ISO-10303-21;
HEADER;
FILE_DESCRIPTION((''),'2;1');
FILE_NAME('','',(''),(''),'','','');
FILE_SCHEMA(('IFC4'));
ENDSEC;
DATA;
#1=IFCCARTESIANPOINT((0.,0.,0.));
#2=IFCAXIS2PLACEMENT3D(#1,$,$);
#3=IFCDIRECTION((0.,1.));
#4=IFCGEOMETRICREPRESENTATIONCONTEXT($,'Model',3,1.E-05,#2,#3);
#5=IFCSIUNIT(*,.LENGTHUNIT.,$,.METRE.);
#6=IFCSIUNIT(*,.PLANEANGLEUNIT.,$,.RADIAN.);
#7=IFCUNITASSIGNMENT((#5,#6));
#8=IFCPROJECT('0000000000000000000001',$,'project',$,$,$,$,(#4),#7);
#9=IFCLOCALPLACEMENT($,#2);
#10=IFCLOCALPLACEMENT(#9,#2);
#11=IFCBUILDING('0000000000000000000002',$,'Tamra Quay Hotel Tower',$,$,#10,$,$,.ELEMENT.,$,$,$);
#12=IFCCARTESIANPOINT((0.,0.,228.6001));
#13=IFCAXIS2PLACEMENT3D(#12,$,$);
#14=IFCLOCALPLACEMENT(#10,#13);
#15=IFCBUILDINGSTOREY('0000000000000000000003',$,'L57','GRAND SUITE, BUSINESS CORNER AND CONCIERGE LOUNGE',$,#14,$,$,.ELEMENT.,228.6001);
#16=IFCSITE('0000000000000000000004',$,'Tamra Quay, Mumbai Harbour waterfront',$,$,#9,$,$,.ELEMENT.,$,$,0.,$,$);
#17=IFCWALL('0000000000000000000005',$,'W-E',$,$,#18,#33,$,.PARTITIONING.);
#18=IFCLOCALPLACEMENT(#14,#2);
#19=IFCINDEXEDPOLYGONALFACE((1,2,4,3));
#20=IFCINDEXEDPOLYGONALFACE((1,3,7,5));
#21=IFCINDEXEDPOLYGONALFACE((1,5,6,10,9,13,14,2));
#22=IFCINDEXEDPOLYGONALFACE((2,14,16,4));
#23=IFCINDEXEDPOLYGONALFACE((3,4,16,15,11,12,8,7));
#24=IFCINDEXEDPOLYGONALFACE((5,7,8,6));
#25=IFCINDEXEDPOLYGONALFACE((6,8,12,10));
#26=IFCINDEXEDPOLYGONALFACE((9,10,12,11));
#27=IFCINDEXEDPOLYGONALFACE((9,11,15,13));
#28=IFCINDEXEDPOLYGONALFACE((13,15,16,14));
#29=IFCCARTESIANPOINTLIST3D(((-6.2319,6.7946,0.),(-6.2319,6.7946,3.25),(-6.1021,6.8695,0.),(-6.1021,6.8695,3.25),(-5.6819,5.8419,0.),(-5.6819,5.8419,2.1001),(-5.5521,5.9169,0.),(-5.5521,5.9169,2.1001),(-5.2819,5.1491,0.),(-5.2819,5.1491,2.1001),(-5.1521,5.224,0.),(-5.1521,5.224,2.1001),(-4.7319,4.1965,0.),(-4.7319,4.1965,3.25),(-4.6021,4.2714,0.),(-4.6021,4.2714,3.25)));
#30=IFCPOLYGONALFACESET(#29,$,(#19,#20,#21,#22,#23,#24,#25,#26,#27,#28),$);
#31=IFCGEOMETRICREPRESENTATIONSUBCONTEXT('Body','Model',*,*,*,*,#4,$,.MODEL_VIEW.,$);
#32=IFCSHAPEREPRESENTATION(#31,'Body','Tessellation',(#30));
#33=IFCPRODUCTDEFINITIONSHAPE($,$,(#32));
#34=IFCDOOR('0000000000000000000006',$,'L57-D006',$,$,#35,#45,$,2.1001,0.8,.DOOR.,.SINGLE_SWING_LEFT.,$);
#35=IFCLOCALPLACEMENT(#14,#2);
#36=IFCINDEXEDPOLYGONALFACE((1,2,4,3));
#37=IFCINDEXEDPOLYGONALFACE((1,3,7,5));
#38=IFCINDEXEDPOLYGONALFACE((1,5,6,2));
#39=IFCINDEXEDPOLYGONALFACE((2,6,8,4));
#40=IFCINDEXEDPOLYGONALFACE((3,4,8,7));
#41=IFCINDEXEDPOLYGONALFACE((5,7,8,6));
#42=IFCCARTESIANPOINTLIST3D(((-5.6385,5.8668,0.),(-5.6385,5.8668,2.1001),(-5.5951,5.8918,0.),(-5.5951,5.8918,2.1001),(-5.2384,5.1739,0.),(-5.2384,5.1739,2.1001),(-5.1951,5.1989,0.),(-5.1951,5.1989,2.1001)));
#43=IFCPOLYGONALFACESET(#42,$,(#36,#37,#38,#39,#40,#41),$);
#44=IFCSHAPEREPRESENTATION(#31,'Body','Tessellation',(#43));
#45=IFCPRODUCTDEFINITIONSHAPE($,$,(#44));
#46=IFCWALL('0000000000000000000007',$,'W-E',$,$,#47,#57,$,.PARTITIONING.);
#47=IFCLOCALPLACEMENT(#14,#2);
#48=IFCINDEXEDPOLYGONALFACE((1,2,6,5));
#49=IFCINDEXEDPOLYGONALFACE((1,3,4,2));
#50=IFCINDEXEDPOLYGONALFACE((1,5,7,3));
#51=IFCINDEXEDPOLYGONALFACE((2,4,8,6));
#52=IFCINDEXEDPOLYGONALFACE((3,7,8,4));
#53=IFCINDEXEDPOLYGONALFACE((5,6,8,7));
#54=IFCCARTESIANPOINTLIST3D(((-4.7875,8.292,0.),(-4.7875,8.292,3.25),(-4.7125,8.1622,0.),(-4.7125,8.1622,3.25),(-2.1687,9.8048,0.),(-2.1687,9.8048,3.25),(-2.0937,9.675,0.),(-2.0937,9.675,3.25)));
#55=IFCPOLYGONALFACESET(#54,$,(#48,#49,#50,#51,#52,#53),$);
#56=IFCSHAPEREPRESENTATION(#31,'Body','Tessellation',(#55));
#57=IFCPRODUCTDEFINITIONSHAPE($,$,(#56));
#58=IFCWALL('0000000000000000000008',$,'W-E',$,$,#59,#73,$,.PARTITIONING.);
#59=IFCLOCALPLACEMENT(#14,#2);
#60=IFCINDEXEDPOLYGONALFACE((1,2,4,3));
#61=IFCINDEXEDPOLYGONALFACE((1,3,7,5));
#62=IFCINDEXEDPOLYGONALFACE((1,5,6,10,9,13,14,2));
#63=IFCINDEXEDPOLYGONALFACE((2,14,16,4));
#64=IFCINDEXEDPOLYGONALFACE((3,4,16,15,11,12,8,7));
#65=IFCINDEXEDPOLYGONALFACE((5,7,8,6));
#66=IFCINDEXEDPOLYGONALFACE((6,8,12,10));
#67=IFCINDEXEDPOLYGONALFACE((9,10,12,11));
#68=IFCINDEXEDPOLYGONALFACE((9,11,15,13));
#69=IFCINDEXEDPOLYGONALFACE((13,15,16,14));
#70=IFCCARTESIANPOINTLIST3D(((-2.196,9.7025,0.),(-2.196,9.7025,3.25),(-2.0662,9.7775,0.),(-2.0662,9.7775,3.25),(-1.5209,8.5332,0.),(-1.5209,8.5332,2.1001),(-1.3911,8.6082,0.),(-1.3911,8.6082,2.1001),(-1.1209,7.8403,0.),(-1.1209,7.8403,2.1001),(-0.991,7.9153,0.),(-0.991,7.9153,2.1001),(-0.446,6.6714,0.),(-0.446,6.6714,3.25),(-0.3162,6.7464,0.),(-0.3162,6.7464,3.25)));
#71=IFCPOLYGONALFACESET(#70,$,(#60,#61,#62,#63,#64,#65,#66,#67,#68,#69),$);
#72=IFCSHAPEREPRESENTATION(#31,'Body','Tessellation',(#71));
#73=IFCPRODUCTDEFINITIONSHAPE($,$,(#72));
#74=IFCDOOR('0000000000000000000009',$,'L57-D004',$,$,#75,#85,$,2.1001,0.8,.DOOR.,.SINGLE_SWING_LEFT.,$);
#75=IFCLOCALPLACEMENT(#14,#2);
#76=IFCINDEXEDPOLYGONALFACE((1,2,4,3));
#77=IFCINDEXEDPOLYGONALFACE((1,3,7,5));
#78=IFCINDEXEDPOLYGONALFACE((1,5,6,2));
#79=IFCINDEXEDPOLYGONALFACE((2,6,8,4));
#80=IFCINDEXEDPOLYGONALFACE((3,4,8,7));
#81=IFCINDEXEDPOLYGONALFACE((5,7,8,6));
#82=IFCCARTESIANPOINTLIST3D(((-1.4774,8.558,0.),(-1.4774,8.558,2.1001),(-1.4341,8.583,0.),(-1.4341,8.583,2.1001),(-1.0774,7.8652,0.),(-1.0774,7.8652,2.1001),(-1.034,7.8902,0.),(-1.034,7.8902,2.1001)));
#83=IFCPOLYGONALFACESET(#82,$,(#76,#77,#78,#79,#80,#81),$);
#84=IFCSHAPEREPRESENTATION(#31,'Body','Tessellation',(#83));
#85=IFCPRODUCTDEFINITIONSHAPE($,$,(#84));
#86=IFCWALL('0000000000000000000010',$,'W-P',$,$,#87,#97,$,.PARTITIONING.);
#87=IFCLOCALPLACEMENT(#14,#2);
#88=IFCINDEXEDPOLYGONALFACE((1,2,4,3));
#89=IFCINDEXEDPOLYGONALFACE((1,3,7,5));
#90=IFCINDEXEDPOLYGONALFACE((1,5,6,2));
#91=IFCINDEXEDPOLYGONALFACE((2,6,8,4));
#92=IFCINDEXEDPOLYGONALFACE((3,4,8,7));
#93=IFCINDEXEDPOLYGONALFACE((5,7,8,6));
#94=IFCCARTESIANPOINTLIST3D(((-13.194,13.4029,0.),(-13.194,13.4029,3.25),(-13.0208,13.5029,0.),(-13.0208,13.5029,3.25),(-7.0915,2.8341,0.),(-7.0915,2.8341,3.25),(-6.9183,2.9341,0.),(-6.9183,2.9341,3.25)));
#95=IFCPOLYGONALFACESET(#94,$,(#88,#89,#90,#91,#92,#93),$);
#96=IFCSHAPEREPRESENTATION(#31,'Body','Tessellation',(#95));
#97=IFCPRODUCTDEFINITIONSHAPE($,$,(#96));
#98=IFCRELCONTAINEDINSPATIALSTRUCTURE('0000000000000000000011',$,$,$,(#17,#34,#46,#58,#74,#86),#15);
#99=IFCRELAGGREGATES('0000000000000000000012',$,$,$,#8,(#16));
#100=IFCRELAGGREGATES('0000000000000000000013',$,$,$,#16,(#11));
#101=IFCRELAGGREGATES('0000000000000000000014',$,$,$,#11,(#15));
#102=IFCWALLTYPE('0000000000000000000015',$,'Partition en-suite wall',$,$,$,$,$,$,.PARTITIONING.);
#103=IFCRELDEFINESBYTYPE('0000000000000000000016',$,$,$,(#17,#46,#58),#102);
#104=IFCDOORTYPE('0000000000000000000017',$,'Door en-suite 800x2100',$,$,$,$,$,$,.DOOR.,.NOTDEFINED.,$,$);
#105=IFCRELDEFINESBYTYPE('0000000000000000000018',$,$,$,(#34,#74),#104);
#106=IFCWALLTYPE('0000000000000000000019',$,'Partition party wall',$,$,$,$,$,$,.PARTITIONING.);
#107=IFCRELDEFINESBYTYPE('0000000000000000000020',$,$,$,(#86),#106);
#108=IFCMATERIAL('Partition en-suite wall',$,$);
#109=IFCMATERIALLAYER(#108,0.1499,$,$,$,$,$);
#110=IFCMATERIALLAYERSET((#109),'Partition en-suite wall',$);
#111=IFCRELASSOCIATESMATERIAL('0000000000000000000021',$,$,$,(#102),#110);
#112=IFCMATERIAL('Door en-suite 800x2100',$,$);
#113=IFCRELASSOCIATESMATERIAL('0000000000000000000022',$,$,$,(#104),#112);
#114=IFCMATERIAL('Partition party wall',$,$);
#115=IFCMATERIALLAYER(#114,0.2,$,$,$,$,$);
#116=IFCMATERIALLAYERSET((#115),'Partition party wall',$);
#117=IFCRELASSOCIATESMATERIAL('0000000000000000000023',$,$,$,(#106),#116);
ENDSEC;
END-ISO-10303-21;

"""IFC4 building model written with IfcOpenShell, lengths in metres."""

from ifc_helpers import new_model, si_unit, direction, frame, frame_2d, origin, place, context, subcontext, project, spatial, rectangle, extrude, material, layer, layer_set, type_object, element, fill, save


model = new_model("IFC4")

# Units and contexts
model_context = context("Model", 3, precision=1e-05, world=origin(), true_north=direction((0.0, 1.0)))
body_context = subcontext(model_context, "Body", "Model", "MODEL_VIEW")
ifc_project = project(units=[si_unit("LENGTHUNIT", "METRE"), si_unit("PLANEANGLEUNIT", "RADIAN")], contexts=[model_context])

# Site, building, storey
site_placement = place(None, origin())
site = spatial("IfcSite", under=ifc_project, at=site_placement, Name="Tamra Quay, Mumbai Harbour waterfront", CompositionType="ELEMENT", RefElevation=0.0)
building_placement = place(site_placement, origin())
building = spatial("IfcBuilding", under=site, at=building_placement, Name="Tamra Quay Hotel Tower", CompositionType="ELEMENT")
storey_placement = place(building_placement, frame((0.0, 0.0, 228.6001)))
storey = spatial("IfcBuildingStorey", under=building, at=storey_placement, Name="L57", Description="GRAND SUITE, BUSINESS CORNER AND CONCIERGE LOUNGE", CompositionType="ELEMENT", Elevation=228.6001)

# Shared definitions
ifc_material_1 = material(Name="Partition en-suite wall")
ifc_layer_1 = layer(ifc_material_1, 0.1499)
ifc_layer_set_1 = layer_set([ifc_layer_1], Name="Partition en-suite wall")
wall_type_1 = type_object("IfcWallType", Name="Partition en-suite wall", PredefinedType="PARTITIONING", material=ifc_layer_set_1)
ifc_material_2 = material(Name="Door en-suite 800x2100")
door_type_1 = type_object("IfcDoorType", Name="Door en-suite 800x2100", OperationType="NOTDEFINED", PredefinedType="DOOR", material=ifc_material_2)

# Wall, opening, door
wall_1_placement = place(storey_placement, frame((-6.167, 6.832, 0.0), z_axis=(0.0, 0.0, 1.0), x_axis=(0.49999, -0.866031, 0.0)))
wall_1 = element("IfcWall", 1, at=wall_1_placement, inside=storey, type_object=wall_type_1, Name="W-E", PredefinedType="PARTITIONING", context=body_context, shape_type="SweptSolid", body=[
    extrude(rectangle(XDim=3.0, YDim=0.1499, at=frame_2d((1.5, 0.0))), origin(), (0.0, 0.0, 1.0), 3.25),
])
opening_1_placement = place(wall_1_placement, frame((1.1001, 0.0, 0.0)))
opening_1 = element("IfcOpeningElement", 2, at=opening_1_placement, cuts=wall_1, PredefinedType="OPENING", context=body_context, shape_type="SweptSolid", body=[
    extrude(rectangle(XDim=0.8, YDim=2.1001, at=frame_2d((0.3999, 1.05))), frame((0.0, 0.085, 0.0), z_axis=(0.0, -1.0, 0.0), x_axis=(1.0, 0.0, 0.0)), (0.0, 0.0, 1.0), 0.1699),
])
door_1_placement = place(opening_1_placement, frame((0.8, 0.0, 0.0), z_axis=(0.0, 0.0, 1.0), x_axis=(-1.0, 0.0, 0.0)))
door_1 = element("IfcDoor", 3, at=door_1_placement, inside=storey, type_object=door_type_1, Name="L57-D006", OperationType="SINGLE_SWING_LEFT", OverallHeight=2.1001, OverallWidth=0.8, PredefinedType="DOOR", context=body_context, shape_type="SweptSolid", body=[
    extrude(rectangle(XDim=0.8, YDim=2.1001, at=frame_2d((0.3999, 1.05))), frame((0.0, 0.0249, 0.0), z_axis=(0.0, -1.0, 0.0), x_axis=(1.0, 0.0, 0.0)), (0.0, 0.0, 1.0), 0.05),
])
fill(opening_1, door_1)

# Wall
wall_2_placement = place(storey_placement, frame((-4.75, 8.2271, 0.0), z_axis=(0.0, 0.0, 1.0), x_axis=(0.865894, 0.500228, 0.0)))
element("IfcWall", 4, at=wall_2_placement, inside=storey, type_object=wall_type_1, Name="W-E", PredefinedType="PARTITIONING", context=body_context, shape_type="SweptSolid", body=[
    extrude(rectangle(XDim=3.0244, YDim=0.1499, at=frame_2d((1.5122, 0.0))), origin(), (0.0, 0.0, 1.0), 3.25),
])

# Wall, opening, door
wall_3_placement = place(storey_placement, frame((-2.1311, 9.74, 0.0), z_axis=(0.0, 0.0, 1.0), x_axis=(0.50001, -0.866019, 0.0)))
wall_3 = element("IfcWall", 5, at=wall_3_placement, inside=storey, type_object=wall_type_1, Name="W-E", PredefinedType="PARTITIONING", context=body_context, shape_type="SweptSolid", body=[
    extrude(rectangle(XDim=3.5, YDim=0.1499, at=frame_2d((1.75, 0.0))), origin(), (0.0, 0.0, 1.0), 3.25),
])
opening_2_placement = place(wall_3_placement, frame((1.3503, 0.0, 0.0)))
opening_2 = element("IfcOpeningElement", 6, at=opening_2_placement, cuts=wall_3, PredefinedType="OPENING", context=body_context, shape_type="SweptSolid", body=[
    extrude(rectangle(XDim=0.8, YDim=2.1001, at=frame_2d((0.3999, 1.05))), frame((0.0, 0.085, 0.0), z_axis=(0.0, -1.0, 0.0), x_axis=(1.0, 0.0, 0.0)), (0.0, 0.0, 1.0), 0.1699),
])
door_2_placement = place(opening_2_placement, frame((0.8, 0.0, 0.0), z_axis=(0.0, 0.0, 1.0), x_axis=(-1.0, 0.0, 0.0)))
door_2 = element("IfcDoor", 7, at=door_2_placement, inside=storey, type_object=door_type_1, Name="L57-D004", OperationType="SINGLE_SWING_LEFT", OverallHeight=2.1001, OverallWidth=0.8, PredefinedType="DOOR", context=body_context, shape_type="SweptSolid", body=[
    extrude(rectangle(XDim=0.8, YDim=2.1001, at=frame_2d((0.3999, 1.05))), frame((0.0, 0.0249, 0.0), z_axis=(0.0, -1.0, 0.0), x_axis=(1.0, 0.0, 0.0)), (0.0, 0.0, 1.0), 0.05),
])
fill(opening_2, door_2)

# Wall
ifc_material_3 = material(Name="Partition party wall")
ifc_layer_2 = layer(ifc_material_3, 0.2)
ifc_layer_set_2 = layer_set([ifc_layer_2], Name="Partition party wall")
wall_type_2 = type_object("IfcWallType", Name="Partition party wall", PredefinedType="PARTITIONING", material=ifc_layer_set_2)
wall_4_placement = place(storey_placement, frame((-13.1074, 13.4529, 0.0), z_axis=(0.0, 0.0, 1.0), x_axis=(0.500038, -0.866004, 0.0)))
element("IfcWall", 8, at=wall_4_placement, inside=storey, type_object=wall_type_2, Name="W-P", PredefinedType="PARTITIONING", context=body_context, shape_type="SweptSolid", body=[
    extrude(rectangle(XDim=12.2041, YDim=0.2, at=frame_2d((6.1021, 0.0))), origin(), (0.0, 0.0, 1.0), 3.25),
])

save(model, "model.ifc")
